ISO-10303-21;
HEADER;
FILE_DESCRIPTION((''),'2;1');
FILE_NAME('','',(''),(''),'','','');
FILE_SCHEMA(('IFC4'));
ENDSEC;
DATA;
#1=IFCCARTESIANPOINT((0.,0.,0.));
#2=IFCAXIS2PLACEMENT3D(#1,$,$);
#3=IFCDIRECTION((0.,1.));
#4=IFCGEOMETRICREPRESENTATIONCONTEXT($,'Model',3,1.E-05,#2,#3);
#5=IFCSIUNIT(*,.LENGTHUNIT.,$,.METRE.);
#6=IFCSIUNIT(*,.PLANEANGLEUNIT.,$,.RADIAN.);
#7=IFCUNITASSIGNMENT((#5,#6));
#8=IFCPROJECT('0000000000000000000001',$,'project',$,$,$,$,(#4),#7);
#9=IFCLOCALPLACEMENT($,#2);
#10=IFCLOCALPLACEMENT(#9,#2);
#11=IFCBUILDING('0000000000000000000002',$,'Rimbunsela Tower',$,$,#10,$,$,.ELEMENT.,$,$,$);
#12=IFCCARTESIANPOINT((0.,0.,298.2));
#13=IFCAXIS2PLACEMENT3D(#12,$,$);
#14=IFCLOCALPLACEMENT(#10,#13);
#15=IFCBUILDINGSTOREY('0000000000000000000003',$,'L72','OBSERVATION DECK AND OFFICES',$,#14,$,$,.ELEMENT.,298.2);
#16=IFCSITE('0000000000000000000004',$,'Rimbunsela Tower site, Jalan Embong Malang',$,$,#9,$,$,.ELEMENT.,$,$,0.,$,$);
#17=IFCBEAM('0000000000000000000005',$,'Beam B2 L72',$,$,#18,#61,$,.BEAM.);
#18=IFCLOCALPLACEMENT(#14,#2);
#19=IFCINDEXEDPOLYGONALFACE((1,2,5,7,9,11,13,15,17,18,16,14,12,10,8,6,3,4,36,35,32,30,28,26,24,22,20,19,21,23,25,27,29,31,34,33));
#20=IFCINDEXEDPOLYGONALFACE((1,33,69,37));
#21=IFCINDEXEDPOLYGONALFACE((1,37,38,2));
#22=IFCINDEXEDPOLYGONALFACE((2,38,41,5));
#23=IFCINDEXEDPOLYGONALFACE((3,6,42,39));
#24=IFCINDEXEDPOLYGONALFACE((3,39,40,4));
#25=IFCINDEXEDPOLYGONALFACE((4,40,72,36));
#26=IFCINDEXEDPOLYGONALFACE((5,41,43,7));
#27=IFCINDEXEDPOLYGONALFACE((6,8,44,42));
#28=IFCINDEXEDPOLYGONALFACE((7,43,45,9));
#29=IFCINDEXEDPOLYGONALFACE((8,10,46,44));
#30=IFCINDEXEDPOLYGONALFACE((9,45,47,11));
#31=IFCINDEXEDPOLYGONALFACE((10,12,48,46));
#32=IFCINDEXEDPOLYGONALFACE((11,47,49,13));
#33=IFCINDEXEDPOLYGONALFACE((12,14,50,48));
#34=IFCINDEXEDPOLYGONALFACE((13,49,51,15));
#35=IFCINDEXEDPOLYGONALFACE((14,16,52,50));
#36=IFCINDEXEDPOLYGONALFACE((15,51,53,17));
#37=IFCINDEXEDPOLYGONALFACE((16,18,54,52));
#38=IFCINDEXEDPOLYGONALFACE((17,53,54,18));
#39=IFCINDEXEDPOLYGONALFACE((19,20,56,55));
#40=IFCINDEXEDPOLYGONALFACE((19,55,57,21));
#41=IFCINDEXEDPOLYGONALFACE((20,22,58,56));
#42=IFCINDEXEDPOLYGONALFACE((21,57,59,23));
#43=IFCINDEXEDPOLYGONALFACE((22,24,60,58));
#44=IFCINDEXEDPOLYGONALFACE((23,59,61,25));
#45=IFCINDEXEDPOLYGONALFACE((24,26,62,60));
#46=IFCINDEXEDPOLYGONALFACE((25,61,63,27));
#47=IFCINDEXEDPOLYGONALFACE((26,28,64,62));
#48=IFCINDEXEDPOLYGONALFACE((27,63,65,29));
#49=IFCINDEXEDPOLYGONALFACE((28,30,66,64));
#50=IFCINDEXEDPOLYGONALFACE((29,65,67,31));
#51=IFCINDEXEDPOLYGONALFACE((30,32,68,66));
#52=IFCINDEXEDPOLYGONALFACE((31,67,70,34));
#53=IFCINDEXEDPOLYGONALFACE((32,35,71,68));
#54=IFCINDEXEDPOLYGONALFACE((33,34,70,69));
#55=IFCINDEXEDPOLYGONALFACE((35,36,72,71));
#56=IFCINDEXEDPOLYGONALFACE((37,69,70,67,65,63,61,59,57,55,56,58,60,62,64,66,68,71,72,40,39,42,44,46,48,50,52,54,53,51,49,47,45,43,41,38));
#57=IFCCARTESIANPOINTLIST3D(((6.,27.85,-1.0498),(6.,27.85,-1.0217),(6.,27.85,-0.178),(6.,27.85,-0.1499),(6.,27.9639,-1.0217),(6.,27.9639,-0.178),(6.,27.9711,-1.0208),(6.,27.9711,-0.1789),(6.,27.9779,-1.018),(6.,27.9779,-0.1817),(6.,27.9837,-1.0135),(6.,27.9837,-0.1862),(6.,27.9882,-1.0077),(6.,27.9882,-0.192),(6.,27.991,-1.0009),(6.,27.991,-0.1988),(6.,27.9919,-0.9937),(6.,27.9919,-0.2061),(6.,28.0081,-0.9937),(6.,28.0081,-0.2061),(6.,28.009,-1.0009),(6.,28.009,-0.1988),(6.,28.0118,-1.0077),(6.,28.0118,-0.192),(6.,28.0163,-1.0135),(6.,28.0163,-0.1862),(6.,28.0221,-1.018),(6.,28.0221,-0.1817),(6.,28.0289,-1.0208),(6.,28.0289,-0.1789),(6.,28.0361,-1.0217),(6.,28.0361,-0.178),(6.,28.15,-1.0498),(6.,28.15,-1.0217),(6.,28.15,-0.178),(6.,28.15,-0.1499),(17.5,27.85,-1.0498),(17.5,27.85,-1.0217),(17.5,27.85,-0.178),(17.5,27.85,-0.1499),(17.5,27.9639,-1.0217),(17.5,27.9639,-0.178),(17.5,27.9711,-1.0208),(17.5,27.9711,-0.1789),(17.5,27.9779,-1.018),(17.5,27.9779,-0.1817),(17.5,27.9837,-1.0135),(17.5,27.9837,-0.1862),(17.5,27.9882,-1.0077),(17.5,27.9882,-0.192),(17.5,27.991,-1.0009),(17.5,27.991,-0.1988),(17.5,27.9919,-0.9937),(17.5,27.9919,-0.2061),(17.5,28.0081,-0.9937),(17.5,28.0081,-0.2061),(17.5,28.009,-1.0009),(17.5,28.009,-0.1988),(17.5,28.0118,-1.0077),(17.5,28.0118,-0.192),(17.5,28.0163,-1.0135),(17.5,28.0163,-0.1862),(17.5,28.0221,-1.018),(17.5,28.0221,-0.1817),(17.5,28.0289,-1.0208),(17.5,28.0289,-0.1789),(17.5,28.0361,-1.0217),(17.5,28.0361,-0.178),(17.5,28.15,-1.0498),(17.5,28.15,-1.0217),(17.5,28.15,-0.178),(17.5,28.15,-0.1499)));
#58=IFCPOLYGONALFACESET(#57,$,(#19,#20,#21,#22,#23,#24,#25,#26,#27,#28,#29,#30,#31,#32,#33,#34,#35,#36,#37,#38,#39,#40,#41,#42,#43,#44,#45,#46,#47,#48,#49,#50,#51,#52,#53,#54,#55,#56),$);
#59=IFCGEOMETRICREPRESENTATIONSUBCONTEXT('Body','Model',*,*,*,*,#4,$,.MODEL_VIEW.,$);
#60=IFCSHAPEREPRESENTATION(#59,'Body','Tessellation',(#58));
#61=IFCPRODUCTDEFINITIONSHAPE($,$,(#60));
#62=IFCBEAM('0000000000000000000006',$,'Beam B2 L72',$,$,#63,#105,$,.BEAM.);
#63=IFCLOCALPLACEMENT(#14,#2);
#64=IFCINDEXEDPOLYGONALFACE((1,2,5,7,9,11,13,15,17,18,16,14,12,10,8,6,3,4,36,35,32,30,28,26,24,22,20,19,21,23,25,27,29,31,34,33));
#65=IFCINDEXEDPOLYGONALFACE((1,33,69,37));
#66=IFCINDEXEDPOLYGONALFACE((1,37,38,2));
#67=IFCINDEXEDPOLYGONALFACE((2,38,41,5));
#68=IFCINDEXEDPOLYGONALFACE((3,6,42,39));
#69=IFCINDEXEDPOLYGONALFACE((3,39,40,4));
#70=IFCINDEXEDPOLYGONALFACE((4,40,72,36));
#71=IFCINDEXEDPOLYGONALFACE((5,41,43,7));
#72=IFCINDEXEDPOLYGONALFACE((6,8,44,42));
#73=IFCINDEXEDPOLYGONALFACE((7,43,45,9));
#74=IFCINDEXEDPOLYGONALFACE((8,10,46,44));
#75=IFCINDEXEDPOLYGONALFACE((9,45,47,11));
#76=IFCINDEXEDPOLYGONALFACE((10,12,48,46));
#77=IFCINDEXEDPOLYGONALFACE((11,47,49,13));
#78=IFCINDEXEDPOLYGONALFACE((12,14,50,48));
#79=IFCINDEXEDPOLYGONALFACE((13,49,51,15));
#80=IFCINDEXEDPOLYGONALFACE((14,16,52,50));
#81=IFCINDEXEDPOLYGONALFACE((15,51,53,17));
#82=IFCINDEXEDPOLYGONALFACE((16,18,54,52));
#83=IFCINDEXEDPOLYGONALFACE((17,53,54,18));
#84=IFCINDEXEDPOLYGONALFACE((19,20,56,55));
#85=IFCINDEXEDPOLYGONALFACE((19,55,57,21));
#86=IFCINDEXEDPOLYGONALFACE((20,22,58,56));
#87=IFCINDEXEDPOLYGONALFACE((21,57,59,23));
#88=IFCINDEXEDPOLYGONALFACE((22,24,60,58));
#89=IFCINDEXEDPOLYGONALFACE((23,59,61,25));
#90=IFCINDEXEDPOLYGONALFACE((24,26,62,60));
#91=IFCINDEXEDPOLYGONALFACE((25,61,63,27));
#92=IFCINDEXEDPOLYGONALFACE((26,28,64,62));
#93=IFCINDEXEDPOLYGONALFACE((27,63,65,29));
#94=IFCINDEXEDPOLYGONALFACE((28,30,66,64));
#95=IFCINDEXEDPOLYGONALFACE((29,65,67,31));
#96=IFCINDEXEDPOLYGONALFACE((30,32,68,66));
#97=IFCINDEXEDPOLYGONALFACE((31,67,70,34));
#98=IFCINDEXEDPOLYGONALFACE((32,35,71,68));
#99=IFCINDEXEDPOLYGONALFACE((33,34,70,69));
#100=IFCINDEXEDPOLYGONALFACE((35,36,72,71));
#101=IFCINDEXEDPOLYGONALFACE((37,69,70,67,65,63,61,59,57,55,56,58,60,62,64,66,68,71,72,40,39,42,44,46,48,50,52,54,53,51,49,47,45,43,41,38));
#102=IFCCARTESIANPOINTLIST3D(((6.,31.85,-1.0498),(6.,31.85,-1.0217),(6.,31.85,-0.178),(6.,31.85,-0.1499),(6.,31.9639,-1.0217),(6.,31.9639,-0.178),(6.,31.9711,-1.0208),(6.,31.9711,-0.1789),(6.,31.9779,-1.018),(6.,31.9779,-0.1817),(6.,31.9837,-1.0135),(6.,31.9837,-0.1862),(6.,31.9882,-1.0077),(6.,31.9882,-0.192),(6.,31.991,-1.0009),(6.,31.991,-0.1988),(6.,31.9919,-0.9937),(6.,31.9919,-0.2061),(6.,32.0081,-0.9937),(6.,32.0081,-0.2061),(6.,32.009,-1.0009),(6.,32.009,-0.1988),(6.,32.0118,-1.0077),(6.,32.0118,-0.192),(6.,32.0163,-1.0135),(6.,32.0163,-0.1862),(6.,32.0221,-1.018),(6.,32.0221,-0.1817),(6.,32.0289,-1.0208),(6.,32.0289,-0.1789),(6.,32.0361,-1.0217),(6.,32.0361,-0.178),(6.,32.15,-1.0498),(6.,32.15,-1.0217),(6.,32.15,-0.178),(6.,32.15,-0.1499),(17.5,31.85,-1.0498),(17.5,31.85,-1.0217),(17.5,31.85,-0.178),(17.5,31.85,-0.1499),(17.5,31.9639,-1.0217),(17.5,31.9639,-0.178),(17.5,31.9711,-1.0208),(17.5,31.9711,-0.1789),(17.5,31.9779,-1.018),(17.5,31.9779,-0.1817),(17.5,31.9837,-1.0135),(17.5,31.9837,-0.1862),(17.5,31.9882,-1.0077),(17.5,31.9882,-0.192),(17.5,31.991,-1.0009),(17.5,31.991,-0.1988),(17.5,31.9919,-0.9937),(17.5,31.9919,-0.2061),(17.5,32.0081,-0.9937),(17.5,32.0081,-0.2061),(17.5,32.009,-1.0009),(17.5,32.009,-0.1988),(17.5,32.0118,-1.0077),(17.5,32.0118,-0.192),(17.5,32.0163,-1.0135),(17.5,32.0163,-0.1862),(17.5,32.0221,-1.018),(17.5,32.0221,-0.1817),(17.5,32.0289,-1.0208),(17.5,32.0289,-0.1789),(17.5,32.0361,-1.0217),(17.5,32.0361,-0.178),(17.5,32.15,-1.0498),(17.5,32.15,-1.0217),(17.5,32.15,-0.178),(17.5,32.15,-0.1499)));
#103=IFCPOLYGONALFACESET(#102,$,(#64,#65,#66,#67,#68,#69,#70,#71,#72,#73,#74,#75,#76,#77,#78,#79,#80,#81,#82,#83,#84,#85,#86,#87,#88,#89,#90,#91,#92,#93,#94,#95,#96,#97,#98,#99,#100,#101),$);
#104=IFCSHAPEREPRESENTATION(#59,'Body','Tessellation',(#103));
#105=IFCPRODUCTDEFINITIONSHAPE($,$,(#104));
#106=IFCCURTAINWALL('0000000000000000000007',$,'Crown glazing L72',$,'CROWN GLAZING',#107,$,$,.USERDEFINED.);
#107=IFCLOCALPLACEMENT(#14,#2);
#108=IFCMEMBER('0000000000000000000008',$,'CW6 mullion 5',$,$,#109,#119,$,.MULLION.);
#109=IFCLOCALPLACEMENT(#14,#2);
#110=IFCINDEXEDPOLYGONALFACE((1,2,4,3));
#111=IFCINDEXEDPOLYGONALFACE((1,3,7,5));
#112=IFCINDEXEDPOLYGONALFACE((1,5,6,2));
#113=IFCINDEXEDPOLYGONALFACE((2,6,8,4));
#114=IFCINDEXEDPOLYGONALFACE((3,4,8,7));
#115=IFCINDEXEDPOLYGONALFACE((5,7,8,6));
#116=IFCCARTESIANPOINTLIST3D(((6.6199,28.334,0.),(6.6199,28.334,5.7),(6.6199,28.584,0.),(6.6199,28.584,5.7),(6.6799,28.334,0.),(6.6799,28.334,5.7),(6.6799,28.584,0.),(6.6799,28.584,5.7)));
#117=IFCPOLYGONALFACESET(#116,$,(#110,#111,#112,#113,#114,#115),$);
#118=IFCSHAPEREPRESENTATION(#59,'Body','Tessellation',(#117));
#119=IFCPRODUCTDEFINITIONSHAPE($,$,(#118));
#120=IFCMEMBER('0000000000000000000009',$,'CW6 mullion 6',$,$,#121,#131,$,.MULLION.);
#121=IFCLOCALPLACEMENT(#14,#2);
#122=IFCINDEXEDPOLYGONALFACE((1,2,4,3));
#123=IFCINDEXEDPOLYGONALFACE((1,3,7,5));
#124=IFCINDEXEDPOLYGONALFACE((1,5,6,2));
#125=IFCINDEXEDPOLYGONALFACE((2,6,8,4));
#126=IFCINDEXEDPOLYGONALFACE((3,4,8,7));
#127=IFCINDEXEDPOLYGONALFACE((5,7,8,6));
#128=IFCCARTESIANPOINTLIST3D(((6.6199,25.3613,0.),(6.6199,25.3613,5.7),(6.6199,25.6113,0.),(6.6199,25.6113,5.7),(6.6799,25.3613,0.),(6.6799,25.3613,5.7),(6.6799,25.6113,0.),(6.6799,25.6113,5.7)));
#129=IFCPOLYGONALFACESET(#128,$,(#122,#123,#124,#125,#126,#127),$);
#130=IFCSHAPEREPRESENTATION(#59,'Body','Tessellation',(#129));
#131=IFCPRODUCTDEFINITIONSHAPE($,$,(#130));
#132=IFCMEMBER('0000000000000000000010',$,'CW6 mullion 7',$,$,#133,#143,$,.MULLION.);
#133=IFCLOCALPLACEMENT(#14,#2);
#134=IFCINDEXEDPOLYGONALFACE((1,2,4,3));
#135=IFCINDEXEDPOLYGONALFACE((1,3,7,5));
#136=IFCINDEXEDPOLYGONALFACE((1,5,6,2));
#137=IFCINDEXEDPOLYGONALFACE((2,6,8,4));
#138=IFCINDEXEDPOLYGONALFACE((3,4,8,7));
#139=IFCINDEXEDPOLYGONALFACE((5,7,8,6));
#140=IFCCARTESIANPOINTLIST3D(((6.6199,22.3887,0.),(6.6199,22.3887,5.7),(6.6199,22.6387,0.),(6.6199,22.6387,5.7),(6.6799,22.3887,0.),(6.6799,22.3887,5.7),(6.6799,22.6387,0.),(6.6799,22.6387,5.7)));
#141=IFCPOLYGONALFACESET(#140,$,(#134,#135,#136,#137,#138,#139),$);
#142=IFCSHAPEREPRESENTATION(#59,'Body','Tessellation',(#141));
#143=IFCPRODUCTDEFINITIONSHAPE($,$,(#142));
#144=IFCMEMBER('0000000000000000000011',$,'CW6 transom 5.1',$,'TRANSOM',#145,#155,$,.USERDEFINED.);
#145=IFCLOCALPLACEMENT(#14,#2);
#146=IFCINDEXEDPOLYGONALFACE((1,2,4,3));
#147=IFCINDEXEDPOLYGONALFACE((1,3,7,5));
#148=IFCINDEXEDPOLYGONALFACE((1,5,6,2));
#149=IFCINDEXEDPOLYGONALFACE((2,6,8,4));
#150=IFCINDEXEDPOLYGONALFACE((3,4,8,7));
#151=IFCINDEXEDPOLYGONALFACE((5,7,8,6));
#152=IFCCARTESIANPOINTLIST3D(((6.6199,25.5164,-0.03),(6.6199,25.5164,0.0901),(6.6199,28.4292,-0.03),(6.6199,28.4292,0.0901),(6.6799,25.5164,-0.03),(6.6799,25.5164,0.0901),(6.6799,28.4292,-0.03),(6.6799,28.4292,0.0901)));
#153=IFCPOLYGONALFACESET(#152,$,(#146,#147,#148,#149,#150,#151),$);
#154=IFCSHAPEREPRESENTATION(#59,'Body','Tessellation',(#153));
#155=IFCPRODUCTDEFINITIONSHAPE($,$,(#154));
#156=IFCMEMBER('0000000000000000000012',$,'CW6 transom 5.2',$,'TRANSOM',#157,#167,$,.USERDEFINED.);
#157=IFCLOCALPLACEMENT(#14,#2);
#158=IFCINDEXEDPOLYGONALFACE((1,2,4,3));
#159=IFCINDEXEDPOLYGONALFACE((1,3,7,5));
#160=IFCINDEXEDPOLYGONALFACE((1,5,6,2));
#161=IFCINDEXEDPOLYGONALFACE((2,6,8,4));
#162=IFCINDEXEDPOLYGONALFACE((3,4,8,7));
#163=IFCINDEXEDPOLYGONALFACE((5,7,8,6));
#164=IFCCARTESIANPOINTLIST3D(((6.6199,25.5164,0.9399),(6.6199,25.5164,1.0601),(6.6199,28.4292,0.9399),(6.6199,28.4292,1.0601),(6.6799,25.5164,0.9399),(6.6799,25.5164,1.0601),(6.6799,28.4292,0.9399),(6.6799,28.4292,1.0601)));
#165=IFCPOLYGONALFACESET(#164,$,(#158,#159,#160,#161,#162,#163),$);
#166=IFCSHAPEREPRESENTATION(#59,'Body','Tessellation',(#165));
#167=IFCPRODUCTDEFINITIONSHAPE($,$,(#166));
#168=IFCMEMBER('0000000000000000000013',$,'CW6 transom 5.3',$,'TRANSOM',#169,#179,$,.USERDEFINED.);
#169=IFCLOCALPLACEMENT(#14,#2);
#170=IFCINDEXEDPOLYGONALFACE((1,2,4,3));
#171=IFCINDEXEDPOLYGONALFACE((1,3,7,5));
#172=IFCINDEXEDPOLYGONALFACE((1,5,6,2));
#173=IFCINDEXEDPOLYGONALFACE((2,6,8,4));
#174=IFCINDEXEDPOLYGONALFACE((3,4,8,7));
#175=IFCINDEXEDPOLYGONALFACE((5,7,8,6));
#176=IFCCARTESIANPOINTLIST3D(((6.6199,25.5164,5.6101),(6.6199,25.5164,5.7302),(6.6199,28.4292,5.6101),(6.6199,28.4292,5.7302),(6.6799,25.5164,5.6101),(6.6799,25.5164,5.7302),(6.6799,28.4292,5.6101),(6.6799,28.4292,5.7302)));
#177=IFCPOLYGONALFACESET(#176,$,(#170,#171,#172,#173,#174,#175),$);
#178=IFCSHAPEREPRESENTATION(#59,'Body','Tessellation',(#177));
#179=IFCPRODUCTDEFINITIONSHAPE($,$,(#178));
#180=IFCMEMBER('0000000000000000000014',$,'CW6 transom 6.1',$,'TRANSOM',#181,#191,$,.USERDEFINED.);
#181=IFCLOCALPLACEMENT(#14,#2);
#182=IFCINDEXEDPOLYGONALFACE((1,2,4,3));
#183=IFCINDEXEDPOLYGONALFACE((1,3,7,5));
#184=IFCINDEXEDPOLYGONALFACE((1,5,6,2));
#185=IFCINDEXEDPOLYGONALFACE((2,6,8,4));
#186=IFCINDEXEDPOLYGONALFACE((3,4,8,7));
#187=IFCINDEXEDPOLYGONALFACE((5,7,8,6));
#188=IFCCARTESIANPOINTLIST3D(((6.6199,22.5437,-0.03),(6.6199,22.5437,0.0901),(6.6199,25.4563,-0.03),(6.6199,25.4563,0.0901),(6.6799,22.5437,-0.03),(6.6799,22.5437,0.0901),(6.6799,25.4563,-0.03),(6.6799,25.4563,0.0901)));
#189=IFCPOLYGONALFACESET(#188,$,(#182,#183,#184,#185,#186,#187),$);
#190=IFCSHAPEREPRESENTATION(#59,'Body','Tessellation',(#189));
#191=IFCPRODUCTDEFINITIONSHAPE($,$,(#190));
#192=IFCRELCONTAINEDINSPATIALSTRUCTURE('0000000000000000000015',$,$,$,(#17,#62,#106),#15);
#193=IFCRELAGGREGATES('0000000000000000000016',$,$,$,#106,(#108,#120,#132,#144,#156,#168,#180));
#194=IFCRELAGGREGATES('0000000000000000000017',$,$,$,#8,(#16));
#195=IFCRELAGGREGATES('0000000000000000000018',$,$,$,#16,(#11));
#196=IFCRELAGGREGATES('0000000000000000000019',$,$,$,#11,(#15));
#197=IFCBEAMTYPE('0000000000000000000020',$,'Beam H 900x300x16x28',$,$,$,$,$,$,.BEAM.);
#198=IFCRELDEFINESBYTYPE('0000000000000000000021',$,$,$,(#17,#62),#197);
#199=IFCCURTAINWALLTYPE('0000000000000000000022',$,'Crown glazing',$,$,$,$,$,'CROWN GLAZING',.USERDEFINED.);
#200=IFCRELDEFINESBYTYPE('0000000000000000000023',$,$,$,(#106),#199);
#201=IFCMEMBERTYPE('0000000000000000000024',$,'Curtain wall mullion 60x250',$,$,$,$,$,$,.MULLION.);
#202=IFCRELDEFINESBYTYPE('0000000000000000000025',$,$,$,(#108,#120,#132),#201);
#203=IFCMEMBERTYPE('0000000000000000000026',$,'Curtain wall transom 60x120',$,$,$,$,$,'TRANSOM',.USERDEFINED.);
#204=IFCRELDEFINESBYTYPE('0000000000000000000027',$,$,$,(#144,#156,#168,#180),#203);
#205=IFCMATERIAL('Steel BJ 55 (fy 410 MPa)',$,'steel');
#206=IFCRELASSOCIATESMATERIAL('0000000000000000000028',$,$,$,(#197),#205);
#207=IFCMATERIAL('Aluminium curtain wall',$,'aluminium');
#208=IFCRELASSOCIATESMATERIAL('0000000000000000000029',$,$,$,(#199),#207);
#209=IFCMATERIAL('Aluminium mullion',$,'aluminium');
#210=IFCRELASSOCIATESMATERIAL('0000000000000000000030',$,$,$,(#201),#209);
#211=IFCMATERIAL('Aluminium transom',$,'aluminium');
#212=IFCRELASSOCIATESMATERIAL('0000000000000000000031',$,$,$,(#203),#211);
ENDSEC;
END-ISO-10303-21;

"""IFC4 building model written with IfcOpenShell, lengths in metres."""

from ifc_helpers import new_model, si_unit, direction, frame, origin, origin_2d, place, context, subcontext, project, spatial, rectangle, i_section, extrude, material, material_profile, profile_set, type_object, element, aggregate, save


model = new_model("IFC4")

# Units and contexts
model_context = context("Model", 3, precision=1e-05, world=origin(), true_north=direction((0.0, 1.0)))
body_context = subcontext(model_context, "Body", "Model", "MODEL_VIEW")
ifc_project = project(units=[si_unit("LENGTHUNIT", "METRE"), si_unit("PLANEANGLEUNIT", "RADIAN")], contexts=[model_context])

# Site, building, storey
site_placement = place(None, origin())
site = spatial("IfcSite", under=ifc_project, at=site_placement, Name="Rimbunsela Tower site, Jalan Embong Malang", CompositionType="ELEMENT", RefElevation=0.0)
building_placement = place(site_placement, origin())
building = spatial("IfcBuilding", under=site, at=building_placement, Name="Rimbunsela Tower", CompositionType="ELEMENT")
storey_placement = place(building_placement, frame((0.0, 0.0, 298.2)))
storey = spatial("IfcBuildingStorey", under=building, at=storey_placement, Name="L72", Description="OBSERVATION DECK AND OFFICES", CompositionType="ELEMENT", Elevation=298.2)

# Beams
ifc_material_1 = material(Name="Steel BJ 55 (fy 410 MPa)", Category="steel")
ifc_material_profile_1 = material_profile(ifc_material_1, i_section(OverallWidth=0.3, OverallDepth=0.8999, WebThickness=0.0161, FlangeThickness=0.0281, FilletRadius=0.0281, at=origin_2d()), Name="H 900x300x16x28")
ifc_profile_set_1 = profile_set([ifc_material_profile_1], Name="Steel BJ 55 (fy 410 MPa)")
beam_type_1 = type_object("IfcBeamType", Name="Beam H 900x300x16x28", PredefinedType="BEAM", material=ifc_profile_set_1)
for number, where, z_axis, x_axis, name in (
    (1, (6.0, 28.0, -0.5999), (1.0, 0.0, 0.0), (0.0, 1.0, 0.0), "Beam B2 L72"),
    (2, (6.0, 32.0, -0.5999), (1.0, 0.0, 0.0), (0.0, 1.0, 0.0), "Beam B2 L72"),
):
    element("IfcBeam", number, at=place(storey_placement, frame(where, z_axis=z_axis, x_axis=x_axis)), inside=storey, type_object=beam_type_1, Name=name, PredefinedType="BEAM", context=body_context, shape_type="SweptSolid", body=[
        extrude(i_section(OverallWidth=0.3, OverallDepth=0.8999, WebThickness=0.0161, FlangeThickness=0.0281, FilletRadius=0.0281, at=origin_2d()), origin(), (0.0, 0.0, 1.0), 11.5),
    ])

# Curtain wall, members
ifc_material_2 = material(Name="Aluminium curtain wall", Category="aluminium")
curtain_wall_type = type_object("IfcCurtainWallType", Name="Crown glazing", ElementType="CROWN GLAZING", PredefinedType="USERDEFINED", material=ifc_material_2)
curtain_wall_placement = place(storey_placement, origin())
curtain_wall = element("IfcCurtainWall", 3, at=curtain_wall_placement, inside=storey, type_object=curtain_wall_type, Name="Crown glazing L72", ObjectType="CROWN GLAZING", PredefinedType="USERDEFINED")
ifc_material_3 = material(Name="Aluminium mullion", Category="aluminium")
ifc_material_profile_2 = material_profile(ifc_material_3, rectangle(XDim=0.0601, YDim=0.25, at=origin_2d()), Name="Mullion 60x250")
ifc_profile_set_2 = profile_set([ifc_material_profile_2], Name="Aluminium mullion")
member_type_1 = type_object("IfcMemberType", Name="Curtain wall mullion 60x250", PredefinedType="MULLION", material=ifc_profile_set_2)
member_1_placement = place(storey_placement, frame((6.6499, 28.459, 0.0), z_axis=(0.0, 0.0, 1.0), x_axis=(1.0, 0.0, 0.0)))
member_1 = element("IfcMember", 4, at=member_1_placement, type_object=member_type_1, Name="CW6 mullion 5", PredefinedType="MULLION", context=body_context, shape_type="SweptSolid", body=[
    extrude(rectangle(XDim=0.0601, YDim=0.25, at=origin_2d()), origin(), (0.0, 0.0, 1.0), 5.7),
])
member_2_placement = place(storey_placement, frame((6.6499, 25.4863, 0.0), z_axis=(0.0, 0.0, 1.0), x_axis=(1.0, 0.0, 0.0)))
member_2 = element("IfcMember", 5, at=member_2_placement, type_object=member_type_1, Name="CW6 mullion 6", PredefinedType="MULLION", context=body_context, shape_type="SweptSolid", body=[
    extrude(rectangle(XDim=0.0601, YDim=0.25, at=origin_2d()), origin(), (0.0, 0.0, 1.0), 5.7),
])
member_3_placement = place(storey_placement, frame((6.6499, 22.5137, 0.0), z_axis=(0.0, 0.0, 1.0), x_axis=(1.0, 0.0, 0.0)))
member_3 = element("IfcMember", 6, at=member_3_placement, type_object=member_type_1, Name="CW6 mullion 7", PredefinedType="MULLION", context=body_context, shape_type="SweptSolid", body=[
    extrude(rectangle(XDim=0.0601, YDim=0.25, at=origin_2d()), origin(), (0.0, 0.0, 1.0), 5.7),
])
ifc_material_4 = material(Name="Aluminium transom", Category="aluminium")
ifc_material_profile_3 = material_profile(ifc_material_4, rectangle(XDim=0.0601, YDim=0.1201, at=origin_2d()), Name="Transom 60x120")
ifc_profile_set_3 = profile_set([ifc_material_profile_3], Name="Aluminium transom")
member_type_2 = type_object("IfcMemberType", Name="Curtain wall transom 60x120", ElementType="TRANSOM", PredefinedType="USERDEFINED", material=ifc_profile_set_3)
member_4_placement = place(storey_placement, frame((6.6499, 28.4292, 0.03), z_axis=(0.0, -1.0, 0.0), x_axis=(1.0, 0.0, 0.0)))
member_4 = element("IfcMember", 7, at=member_4_placement, type_object=member_type_2, Name="CW6 transom 5.1", ObjectType="TRANSOM", PredefinedType="USERDEFINED", context=body_context, shape_type="SweptSolid", body=[
    extrude(rectangle(XDim=0.0601, YDim=0.1201, at=origin_2d()), origin(), (0.0, 0.0, 1.0), 2.9128),
])
member_5_placement = place(storey_placement, frame((6.6499, 28.4292, 1.0), z_axis=(0.0, -1.0, 0.0), x_axis=(1.0, 0.0, 0.0)))
member_5 = element("IfcMember", 8, at=member_5_placement, type_object=member_type_2, Name="CW6 transom 5.2", ObjectType="TRANSOM", PredefinedType="USERDEFINED", context=body_context, shape_type="SweptSolid", body=[
    extrude(rectangle(XDim=0.0601, YDim=0.1201, at=origin_2d()), origin(), (0.0, 0.0, 1.0), 2.9128),
])
member_6_placement = place(storey_placement, frame((6.6499, 28.4292, 5.6702), z_axis=(0.0, -1.0, 0.0), x_axis=(1.0, 0.0, 0.0)))
member_6 = element("IfcMember", 9, at=member_6_placement, type_object=member_type_2, Name="CW6 transom 5.3", ObjectType="TRANSOM", PredefinedType="USERDEFINED", context=body_context, shape_type="SweptSolid", body=[
    extrude(rectangle(XDim=0.0601, YDim=0.1201, at=origin_2d()), origin(), (0.0, 0.0, 1.0), 2.9128),
])
member_7_placement = place(storey_placement, frame((6.6499, 25.4563, 0.03), z_axis=(0.0, -1.0, 0.0), x_axis=(1.0, 0.0, 0.0)))
member_7 = element("IfcMember", 10, at=member_7_placement, type_object=member_type_2, Name="CW6 transom 6.1", ObjectType="TRANSOM", PredefinedType="USERDEFINED", context=body_context, shape_type="SweptSolid", body=[
    extrude(rectangle(XDim=0.0601, YDim=0.1201, at=origin_2d()), origin(), (0.0, 0.0, 1.0), 2.9126),
])
aggregate(curtain_wall, [member_1, member_2, member_3, member_4, member_5, member_6, member_7])

save(model, "model.ifc")
